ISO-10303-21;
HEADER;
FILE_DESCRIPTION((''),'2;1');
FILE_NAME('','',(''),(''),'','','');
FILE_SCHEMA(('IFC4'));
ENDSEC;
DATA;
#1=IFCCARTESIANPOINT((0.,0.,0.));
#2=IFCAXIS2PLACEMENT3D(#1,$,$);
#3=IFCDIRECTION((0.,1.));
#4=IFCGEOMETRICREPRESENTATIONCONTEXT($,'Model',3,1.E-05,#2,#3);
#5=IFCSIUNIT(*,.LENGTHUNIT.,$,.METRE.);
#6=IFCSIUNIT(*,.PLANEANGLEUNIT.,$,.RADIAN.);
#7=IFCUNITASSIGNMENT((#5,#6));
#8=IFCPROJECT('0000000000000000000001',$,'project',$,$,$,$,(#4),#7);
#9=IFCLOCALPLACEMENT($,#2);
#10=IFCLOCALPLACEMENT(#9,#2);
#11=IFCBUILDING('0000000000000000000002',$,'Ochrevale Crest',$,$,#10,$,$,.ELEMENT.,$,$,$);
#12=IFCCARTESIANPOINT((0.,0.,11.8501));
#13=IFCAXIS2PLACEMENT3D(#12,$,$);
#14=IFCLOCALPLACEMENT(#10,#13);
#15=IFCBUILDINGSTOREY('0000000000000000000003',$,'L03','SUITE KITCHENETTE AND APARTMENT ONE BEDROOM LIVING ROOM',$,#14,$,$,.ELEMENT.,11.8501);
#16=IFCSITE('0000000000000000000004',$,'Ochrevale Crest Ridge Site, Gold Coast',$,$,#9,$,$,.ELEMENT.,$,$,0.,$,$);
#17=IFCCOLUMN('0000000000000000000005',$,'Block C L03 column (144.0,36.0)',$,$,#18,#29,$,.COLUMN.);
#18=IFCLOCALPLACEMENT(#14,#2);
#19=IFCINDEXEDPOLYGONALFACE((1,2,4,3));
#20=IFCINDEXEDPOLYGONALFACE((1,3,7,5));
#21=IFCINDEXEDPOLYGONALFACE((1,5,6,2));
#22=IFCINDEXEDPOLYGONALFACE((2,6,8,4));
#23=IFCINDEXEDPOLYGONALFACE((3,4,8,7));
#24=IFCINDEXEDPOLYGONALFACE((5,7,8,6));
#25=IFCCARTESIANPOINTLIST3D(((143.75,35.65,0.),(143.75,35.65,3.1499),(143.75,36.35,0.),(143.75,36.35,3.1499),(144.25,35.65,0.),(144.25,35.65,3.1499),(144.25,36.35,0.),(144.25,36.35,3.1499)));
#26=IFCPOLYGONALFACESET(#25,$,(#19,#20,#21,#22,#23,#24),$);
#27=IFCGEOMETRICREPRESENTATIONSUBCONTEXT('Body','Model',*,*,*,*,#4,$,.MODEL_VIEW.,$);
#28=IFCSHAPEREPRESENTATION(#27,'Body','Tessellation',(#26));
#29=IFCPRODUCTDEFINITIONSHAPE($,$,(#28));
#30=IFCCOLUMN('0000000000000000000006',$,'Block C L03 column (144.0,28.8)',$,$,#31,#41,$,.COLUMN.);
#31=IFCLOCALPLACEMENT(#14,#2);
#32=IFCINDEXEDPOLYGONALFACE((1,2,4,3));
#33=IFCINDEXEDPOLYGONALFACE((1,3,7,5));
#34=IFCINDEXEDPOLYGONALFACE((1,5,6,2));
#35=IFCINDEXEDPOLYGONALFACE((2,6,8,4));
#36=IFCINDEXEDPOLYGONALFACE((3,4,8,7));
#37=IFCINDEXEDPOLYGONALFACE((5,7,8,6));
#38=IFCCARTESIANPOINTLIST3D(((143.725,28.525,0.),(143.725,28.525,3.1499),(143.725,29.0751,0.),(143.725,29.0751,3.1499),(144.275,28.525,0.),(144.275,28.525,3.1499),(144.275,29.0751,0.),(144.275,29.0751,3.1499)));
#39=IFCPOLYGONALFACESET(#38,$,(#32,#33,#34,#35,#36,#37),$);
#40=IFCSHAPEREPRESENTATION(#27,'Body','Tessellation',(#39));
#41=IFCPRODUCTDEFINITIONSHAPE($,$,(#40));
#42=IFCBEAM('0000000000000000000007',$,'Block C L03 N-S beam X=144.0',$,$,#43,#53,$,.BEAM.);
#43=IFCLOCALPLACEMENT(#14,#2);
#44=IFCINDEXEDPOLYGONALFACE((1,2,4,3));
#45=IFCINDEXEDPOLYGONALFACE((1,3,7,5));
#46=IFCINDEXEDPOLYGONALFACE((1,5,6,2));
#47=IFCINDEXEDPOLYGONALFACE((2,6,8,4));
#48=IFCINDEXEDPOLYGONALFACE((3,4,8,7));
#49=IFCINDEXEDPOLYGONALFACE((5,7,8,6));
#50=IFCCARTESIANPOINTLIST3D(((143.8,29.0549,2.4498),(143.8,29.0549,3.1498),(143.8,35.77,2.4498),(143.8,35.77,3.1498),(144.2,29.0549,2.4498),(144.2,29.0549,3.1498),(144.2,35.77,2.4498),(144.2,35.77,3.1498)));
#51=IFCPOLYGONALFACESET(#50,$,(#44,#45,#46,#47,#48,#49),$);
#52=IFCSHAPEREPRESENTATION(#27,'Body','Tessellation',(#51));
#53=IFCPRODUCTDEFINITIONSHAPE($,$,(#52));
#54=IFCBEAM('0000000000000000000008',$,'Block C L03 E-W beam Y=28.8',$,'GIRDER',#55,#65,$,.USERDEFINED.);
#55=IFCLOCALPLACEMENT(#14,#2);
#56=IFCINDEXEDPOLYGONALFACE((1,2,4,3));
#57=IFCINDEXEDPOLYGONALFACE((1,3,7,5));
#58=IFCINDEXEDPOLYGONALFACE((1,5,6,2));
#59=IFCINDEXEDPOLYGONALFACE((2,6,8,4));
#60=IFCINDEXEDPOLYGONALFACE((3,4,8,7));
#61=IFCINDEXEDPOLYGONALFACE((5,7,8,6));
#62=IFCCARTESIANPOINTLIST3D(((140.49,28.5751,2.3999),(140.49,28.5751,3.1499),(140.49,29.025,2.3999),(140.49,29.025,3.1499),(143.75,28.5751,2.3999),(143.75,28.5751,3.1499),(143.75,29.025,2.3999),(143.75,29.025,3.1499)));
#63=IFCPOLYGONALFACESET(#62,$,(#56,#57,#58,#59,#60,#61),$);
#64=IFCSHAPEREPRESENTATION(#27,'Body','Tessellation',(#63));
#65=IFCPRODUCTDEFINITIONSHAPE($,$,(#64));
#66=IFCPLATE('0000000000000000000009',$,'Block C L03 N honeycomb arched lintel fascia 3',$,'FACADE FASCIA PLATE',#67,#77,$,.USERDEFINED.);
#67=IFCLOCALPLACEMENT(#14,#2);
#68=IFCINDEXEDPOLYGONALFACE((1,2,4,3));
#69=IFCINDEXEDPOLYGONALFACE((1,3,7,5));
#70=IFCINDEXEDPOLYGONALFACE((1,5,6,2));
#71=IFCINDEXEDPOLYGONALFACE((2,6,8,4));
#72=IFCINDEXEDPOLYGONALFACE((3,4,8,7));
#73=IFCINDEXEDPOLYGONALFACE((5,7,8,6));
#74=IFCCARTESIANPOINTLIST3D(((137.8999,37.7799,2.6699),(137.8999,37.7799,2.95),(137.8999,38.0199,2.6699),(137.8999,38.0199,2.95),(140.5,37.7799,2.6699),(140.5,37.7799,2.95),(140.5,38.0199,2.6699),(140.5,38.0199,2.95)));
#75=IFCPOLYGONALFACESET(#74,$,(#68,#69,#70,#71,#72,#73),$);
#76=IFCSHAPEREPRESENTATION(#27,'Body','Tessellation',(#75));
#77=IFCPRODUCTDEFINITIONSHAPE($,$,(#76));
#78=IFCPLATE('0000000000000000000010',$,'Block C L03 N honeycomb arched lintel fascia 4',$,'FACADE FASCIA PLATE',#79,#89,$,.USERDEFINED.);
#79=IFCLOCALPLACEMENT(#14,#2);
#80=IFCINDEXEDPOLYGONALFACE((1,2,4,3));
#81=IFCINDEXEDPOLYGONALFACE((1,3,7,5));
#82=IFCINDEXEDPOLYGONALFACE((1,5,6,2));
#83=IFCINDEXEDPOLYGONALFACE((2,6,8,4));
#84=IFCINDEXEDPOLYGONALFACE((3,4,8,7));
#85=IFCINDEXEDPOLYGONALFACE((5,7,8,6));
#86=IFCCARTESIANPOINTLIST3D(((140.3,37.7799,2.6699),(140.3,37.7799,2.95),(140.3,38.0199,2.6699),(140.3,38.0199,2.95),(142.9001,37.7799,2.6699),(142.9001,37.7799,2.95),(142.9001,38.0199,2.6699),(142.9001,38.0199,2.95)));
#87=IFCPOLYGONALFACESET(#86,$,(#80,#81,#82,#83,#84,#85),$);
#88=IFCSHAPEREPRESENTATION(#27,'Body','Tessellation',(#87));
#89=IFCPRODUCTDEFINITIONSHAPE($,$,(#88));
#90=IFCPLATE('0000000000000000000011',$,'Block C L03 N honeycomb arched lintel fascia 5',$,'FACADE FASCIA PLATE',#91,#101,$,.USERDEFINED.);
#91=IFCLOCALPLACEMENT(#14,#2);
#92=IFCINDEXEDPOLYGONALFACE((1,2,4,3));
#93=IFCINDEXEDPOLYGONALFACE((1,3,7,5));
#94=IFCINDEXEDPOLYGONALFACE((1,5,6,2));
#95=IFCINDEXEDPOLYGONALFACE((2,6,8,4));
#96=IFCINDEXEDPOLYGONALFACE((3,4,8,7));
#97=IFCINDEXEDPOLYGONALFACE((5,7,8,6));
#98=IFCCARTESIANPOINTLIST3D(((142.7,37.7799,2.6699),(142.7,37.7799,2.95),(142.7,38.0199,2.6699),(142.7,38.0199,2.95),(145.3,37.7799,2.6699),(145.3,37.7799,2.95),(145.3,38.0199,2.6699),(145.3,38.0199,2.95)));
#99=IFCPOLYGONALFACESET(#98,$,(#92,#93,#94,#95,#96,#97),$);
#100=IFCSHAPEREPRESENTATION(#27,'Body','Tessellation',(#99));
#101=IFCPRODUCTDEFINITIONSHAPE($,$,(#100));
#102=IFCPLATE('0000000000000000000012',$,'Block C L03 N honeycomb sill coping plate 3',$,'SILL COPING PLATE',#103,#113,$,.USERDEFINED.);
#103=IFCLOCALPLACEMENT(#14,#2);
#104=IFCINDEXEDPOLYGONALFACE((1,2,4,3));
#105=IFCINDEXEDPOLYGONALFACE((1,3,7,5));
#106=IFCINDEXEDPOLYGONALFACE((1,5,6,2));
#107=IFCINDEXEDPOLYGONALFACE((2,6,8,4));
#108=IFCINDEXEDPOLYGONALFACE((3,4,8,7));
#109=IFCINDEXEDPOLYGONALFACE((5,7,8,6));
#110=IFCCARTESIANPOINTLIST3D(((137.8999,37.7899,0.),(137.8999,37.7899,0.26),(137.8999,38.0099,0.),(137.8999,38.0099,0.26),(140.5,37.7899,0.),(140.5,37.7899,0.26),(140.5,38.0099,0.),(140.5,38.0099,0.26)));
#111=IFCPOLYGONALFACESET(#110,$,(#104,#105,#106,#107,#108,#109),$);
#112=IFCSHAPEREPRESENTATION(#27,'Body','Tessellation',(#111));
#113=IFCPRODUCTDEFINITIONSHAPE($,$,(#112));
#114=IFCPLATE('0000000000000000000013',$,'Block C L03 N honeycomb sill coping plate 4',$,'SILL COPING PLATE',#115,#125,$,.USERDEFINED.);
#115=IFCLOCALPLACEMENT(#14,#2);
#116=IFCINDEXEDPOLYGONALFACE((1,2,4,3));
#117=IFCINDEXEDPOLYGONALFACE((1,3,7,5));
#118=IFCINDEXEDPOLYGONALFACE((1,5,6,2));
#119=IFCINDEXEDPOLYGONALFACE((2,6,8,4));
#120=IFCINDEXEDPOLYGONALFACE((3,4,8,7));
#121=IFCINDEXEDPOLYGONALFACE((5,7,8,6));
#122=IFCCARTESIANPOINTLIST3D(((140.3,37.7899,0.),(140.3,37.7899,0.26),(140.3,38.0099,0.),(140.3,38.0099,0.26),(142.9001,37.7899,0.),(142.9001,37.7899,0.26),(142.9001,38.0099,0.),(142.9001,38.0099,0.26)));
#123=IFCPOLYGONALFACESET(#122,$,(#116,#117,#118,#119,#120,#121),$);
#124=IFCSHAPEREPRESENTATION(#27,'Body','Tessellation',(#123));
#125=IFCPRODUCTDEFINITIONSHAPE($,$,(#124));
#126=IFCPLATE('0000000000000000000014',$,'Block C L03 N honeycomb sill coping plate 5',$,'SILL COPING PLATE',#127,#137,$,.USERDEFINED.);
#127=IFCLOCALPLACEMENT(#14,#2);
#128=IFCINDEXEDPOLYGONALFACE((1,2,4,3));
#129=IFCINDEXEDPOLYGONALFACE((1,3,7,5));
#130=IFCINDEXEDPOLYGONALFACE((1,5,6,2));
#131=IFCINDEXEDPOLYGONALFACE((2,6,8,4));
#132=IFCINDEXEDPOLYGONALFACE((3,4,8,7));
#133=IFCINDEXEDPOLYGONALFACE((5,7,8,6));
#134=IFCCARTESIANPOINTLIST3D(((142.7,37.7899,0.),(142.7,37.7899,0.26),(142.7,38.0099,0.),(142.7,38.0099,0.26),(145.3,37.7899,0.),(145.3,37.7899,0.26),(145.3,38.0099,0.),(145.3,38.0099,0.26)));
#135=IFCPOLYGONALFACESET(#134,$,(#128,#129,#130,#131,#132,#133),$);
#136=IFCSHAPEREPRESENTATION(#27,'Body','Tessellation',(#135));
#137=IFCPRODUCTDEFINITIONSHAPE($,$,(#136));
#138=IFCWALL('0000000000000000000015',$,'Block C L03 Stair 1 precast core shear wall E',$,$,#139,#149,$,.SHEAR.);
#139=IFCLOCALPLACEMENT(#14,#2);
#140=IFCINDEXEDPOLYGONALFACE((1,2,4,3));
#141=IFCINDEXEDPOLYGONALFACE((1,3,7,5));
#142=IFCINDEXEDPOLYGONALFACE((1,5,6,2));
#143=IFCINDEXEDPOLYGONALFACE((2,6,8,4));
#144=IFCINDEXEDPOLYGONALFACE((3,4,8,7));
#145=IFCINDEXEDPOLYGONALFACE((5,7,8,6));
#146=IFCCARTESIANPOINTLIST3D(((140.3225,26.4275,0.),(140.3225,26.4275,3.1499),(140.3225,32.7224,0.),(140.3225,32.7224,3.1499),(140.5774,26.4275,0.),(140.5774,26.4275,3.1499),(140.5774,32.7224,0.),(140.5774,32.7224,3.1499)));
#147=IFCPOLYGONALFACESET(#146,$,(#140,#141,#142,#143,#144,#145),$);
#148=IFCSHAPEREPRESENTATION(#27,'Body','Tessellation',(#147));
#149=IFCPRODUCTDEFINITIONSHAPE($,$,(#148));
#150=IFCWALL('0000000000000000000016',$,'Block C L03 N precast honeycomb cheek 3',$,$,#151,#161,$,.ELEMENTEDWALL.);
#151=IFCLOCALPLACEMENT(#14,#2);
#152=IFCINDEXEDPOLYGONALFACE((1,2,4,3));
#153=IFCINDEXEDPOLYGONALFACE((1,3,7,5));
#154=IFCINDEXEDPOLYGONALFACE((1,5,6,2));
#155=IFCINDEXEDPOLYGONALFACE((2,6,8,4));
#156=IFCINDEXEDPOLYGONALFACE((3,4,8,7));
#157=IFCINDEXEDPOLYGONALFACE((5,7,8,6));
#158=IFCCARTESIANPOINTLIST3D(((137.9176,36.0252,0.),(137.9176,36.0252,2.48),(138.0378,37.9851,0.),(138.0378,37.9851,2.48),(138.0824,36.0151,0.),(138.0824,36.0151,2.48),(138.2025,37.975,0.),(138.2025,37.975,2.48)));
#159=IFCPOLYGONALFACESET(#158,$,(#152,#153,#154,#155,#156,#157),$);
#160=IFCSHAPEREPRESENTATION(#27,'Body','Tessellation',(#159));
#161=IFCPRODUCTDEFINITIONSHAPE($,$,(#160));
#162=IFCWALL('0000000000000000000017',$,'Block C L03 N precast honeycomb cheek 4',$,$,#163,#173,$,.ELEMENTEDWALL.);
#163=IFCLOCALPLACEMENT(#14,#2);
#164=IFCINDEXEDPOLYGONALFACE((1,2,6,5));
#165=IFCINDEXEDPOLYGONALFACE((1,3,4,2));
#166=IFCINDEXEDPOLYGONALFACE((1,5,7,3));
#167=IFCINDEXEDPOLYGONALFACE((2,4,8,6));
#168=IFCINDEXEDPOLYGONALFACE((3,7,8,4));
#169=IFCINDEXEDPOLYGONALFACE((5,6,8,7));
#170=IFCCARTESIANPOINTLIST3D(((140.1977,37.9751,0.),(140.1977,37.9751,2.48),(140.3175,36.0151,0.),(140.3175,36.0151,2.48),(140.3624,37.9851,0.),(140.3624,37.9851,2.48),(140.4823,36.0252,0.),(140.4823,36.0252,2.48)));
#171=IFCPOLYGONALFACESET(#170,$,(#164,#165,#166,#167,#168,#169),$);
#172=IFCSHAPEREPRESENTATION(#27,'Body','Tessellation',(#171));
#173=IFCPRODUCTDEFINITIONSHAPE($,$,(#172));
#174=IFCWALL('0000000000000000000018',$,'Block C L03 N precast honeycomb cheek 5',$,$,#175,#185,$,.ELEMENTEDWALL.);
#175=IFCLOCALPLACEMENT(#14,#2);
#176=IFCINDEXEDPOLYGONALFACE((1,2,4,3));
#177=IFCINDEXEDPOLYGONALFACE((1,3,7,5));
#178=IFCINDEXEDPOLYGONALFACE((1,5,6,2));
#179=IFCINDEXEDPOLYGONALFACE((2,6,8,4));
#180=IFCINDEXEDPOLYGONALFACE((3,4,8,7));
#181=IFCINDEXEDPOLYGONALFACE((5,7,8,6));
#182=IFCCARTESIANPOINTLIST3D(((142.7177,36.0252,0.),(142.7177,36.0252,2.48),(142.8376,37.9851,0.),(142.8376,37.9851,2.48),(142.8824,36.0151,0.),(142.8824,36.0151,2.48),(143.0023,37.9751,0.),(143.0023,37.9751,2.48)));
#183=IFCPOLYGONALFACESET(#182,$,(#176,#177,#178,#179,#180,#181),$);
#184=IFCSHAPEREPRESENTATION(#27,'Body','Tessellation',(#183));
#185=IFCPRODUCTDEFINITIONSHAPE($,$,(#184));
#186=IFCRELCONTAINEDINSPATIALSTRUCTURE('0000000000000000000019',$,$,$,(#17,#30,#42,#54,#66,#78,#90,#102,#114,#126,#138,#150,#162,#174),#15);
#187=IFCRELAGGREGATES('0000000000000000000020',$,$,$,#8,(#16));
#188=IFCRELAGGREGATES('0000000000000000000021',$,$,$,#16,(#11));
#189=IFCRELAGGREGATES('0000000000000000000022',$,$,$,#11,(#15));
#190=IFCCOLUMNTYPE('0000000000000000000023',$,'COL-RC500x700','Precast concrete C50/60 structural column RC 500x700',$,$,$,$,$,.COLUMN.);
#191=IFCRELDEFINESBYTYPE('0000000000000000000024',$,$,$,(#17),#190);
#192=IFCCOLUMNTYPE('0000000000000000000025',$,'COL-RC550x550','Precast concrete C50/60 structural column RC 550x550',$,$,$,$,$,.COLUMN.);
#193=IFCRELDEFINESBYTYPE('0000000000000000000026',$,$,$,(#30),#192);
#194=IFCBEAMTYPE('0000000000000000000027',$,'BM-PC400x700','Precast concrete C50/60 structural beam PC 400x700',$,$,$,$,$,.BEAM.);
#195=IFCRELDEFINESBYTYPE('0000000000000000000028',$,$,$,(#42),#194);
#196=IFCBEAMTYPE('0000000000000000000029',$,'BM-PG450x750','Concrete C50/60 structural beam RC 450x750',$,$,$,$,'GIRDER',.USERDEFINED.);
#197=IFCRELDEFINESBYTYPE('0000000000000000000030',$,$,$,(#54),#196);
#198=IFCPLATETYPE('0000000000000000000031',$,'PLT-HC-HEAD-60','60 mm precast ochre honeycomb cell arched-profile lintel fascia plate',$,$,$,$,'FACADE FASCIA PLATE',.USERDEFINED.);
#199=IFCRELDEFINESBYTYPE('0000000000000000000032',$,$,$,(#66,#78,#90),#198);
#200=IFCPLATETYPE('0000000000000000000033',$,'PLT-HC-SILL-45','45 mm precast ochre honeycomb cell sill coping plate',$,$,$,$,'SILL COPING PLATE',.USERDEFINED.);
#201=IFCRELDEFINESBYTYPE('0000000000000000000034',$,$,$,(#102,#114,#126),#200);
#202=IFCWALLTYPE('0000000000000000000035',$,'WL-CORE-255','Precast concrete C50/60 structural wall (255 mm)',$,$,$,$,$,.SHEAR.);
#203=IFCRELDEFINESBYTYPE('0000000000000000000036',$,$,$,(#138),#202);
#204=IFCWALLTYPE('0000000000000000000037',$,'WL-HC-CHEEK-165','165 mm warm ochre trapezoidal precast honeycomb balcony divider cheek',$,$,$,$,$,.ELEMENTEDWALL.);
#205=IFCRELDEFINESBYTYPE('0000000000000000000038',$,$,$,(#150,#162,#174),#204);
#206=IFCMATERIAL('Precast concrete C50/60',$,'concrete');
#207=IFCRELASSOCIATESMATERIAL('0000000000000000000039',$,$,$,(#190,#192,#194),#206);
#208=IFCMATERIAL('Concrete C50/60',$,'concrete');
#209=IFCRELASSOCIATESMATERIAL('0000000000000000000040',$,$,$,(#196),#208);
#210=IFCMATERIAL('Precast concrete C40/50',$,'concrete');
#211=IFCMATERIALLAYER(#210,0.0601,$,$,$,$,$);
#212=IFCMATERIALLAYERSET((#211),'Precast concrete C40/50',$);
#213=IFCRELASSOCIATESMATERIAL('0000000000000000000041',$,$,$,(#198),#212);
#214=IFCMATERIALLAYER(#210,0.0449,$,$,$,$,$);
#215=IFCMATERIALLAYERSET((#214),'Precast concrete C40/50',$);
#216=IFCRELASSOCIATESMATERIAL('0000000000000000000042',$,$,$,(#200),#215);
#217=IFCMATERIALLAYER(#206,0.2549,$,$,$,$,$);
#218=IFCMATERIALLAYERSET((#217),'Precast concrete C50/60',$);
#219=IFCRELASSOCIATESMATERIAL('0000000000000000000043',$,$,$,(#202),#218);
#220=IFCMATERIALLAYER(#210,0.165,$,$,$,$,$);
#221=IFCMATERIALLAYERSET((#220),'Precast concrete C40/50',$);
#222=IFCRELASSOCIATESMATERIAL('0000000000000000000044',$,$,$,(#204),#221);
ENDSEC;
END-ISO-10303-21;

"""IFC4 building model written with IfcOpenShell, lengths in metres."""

from ifc_helpers import new_model, si_unit, direction, frame, frame_2d, origin, origin_2d, place, context, subcontext, project, spatial, rectangle, extrude, material, layer, layer_set, material_profile, profile_set, type_object, element, save


model = new_model("IFC4")

# Units and contexts
model_context = context("Model", 3, precision=1e-05, world=origin(), true_north=direction((0.0, 1.0)))
body_context = subcontext(model_context, "Body", "Model", "MODEL_VIEW")
ifc_project = project(units=[si_unit("LENGTHUNIT", "METRE"), si_unit("PLANEANGLEUNIT", "RADIAN")], contexts=[model_context])

# Site, building, storey
site_placement = place(None, origin())
site = spatial("IfcSite", under=ifc_project, at=site_placement, Name="Ochrevale Crest Ridge Site, Gold Coast", CompositionType="ELEMENT", RefElevation=0.0)
building_placement = place(site_placement, origin())
building = spatial("IfcBuilding", under=site, at=building_placement, Name="Ochrevale Crest", CompositionType="ELEMENT")
storey_placement = place(building_placement, frame((0.0, 0.0, 11.8501)))
storey = spatial("IfcBuildingStorey", under=building, at=storey_placement, Name="L03", Description="SUITE KITCHENETTE AND APARTMENT ONE BEDROOM LIVING ROOM", CompositionType="ELEMENT", Elevation=11.8501)

# Columns
ifc_material_1 = material(Name="Precast concrete C50/60", Category="concrete")
ifc_material_profile_1 = material_profile(ifc_material_1, rectangle(XDim=0.5, YDim=0.7, at=origin_2d()), Name="RC 500x700")
ifc_profile_set_1 = profile_set([ifc_material_profile_1], Name="Precast concrete C50/60")
column_type_1 = type_object("IfcColumnType", Name="COL-RC500x700", Description="Precast concrete C50/60 structural column RC 500x700", PredefinedType="COLUMN", material=ifc_profile_set_1)
column_1_placement = place(storey_placement, frame((144.0, 36.0, 0.0), z_axis=(0.0, 0.0, 1.0), x_axis=(1.0, 0.0, 0.0)))
element("IfcColumn", 1, at=column_1_placement, inside=storey, type_object=column_type_1, Name="Block C L03 column (144.0,36.0)", PredefinedType="COLUMN", context=body_context, shape_type="SweptSolid", body=[
    extrude(rectangle(XDim=0.5, YDim=0.7, at=origin_2d()), origin(), (0.0, 0.0, 1.0), 3.1499),
])
ifc_material_profile_2 = material_profile(ifc_material_1, rectangle(XDim=0.55, YDim=0.55, at=origin_2d()), Name="RC 550x550")
ifc_profile_set_2 = profile_set([ifc_material_profile_2], Name="Precast concrete C50/60")
column_type_2 = type_object("IfcColumnType", Name="COL-RC550x550", Description="Precast concrete C50/60 structural column RC 550x550", PredefinedType="COLUMN", material=ifc_profile_set_2)
column_2_placement = place(storey_placement, frame((144.0, 28.8, 0.0), z_axis=(0.0, 0.0, 1.0), x_axis=(1.0, 0.0, 0.0)))
element("IfcColumn", 2, at=column_2_placement, inside=storey, type_object=column_type_2, Name="Block C L03 column (144.0,28.8)", PredefinedType="COLUMN", context=body_context, shape_type="SweptSolid", body=[
    extrude(rectangle(XDim=0.55, YDim=0.55, at=origin_2d()), origin(), (0.0, 0.0, 1.0), 3.1499),
])

# Beams
ifc_material_profile_3 = material_profile(ifc_material_1, rectangle(XDim=0.3999, YDim=0.7, at=origin_2d()), Name="PC 400x700")
ifc_profile_set_3 = profile_set([ifc_material_profile_3], Name="Precast concrete C50/60")
beam_type_1 = type_object("IfcBeamType", Name="BM-PC400x700", Description="Precast concrete C50/60 structural beam PC 400x700", PredefinedType="BEAM", material=ifc_profile_set_3)
beam_1_placement = place(storey_placement, frame((144.0, 29.0549, 2.7998), z_axis=(0.0, 1.0, 0.0), x_axis=(-1.0, 0.0, 0.0)))
element("IfcBeam", 3, at=beam_1_placement, inside=storey, type_object=beam_type_1, Name="Block C L03 N-S beam X=144.0", PredefinedType="BEAM", context=body_context, shape_type="SweptSolid", body=[
    extrude(rectangle(XDim=0.3999, YDim=0.7, at=origin_2d()), origin(), (0.0, 0.0, 1.0), 6.7151),
])
ifc_material_2 = material(Name="Concrete C50/60", Category="concrete")
ifc_material_profile_4 = material_profile(ifc_material_2, rectangle(XDim=0.45, YDim=0.75, at=origin_2d()), Name="RC 450x750")
ifc_profile_set_4 = profile_set([ifc_material_profile_4], Name="Concrete C50/60")
beam_type_2 = type_object("IfcBeamType", Name="BM-PG450x750", Description="Concrete C50/60 structural beam RC 450x750", ElementType="GIRDER", PredefinedType="USERDEFINED", material=ifc_profile_set_4)
beam_2_placement = place(storey_placement, frame((140.49, 28.8, 2.7749), z_axis=(1.0, 0.0, 0.0), x_axis=(0.0, 1.0, 0.0)))
element("IfcBeam", 4, at=beam_2_placement, inside=storey, type_object=beam_type_2, Name="Block C L03 E-W beam Y=28.8", ObjectType="GIRDER", PredefinedType="USERDEFINED", context=body_context, shape_type="SweptSolid", body=[
    extrude(rectangle(XDim=0.45, YDim=0.75, at=origin_2d()), origin(), (0.0, 0.0, 1.0), 3.26),
])

# Plates
ifc_material_3 = material(Name="Precast concrete C40/50", Category="concrete")
ifc_layer_1 = layer(ifc_material_3, 0.0601)
ifc_layer_set_1 = layer_set([ifc_layer_1], Name="Precast concrete C40/50")
plate_type_1 = type_object("IfcPlateType", Name="PLT-HC-HEAD-60", Description="60 mm precast ochre honeycomb cell arched-profile lintel fascia plate", ElementType="FACADE FASCIA PLATE", PredefinedType="USERDEFINED", material=ifc_layer_set_1)
for number, where, z_axis, x_axis, name in (
    (5, (139.2, 37.8999, 2.6699), (0.0, 0.0, 1.0), (1.0, 0.0, 0.0), "Block C L03 N honeycomb arched lintel fascia 3"),
    (6, (141.6001, 37.8999, 2.6699), (0.0, 0.0, 1.0), (1.0, 0.0, 0.0), "Block C L03 N honeycomb arched lintel fascia 4"),
    (7, (144.0, 37.8999, 2.6699), (0.0, 0.0, 1.0), (1.0, 0.0, 0.0), "Block C L03 N honeycomb arched lintel fascia 5"),
):
    element("IfcPlate", number, at=place(storey_placement, frame(where, z_axis=z_axis, x_axis=x_axis)), inside=storey, type_object=plate_type_1, Name=name, ObjectType="FACADE FASCIA PLATE", PredefinedType="USERDEFINED", context=body_context, shape_type="SweptSolid", body=[
        extrude(rectangle(XDim=2.6001, YDim=0.24, at=origin_2d()), origin(), (0.0, 0.0, 1.0), 0.28),
    ])
ifc_layer_2 = layer(ifc_material_3, 0.0449)
ifc_layer_set_2 = layer_set([ifc_layer_2], Name="Precast concrete C40/50")
plate_type_2 = type_object("IfcPlateType", Name="PLT-HC-SILL-45", Description="45 mm precast ochre honeycomb cell sill coping plate", ElementType="SILL COPING PLATE", PredefinedType="USERDEFINED", material=ifc_layer_set_2)
for number, where, z_axis, x_axis, name in (
    (8, (139.2, 37.8999, 0.0), (0.0, 0.0, 1.0), (1.0, 0.0, 0.0), "Block C L03 N honeycomb sill coping plate 3"),
    (9, (141.6001, 37.8999, 0.0), (0.0, 0.0, 1.0), (1.0, 0.0, 0.0), "Block C L03 N honeycomb sill coping plate 4"),
    (10, (144.0, 37.8999, 0.0), (0.0, 0.0, 1.0), (1.0, 0.0, 0.0), "Block C L03 N honeycomb sill coping plate 5"),
):
    element("IfcPlate", number, at=place(storey_placement, frame(where, z_axis=z_axis, x_axis=x_axis)), inside=storey, type_object=plate_type_2, Name=name, ObjectType="SILL COPING PLATE", PredefinedType="USERDEFINED", context=body_context, shape_type="SweptSolid", body=[
        extrude(rectangle(XDim=2.6001, YDim=0.22, at=origin_2d()), origin(), (0.0, 0.0, 1.0), 0.26),
    ])

# Walls
ifc_layer_3 = layer(ifc_material_1, 0.2549)
ifc_layer_set_3 = layer_set([ifc_layer_3], Name="Precast concrete C50/60")
wall_type_1 = type_object("IfcWallType", Name="WL-CORE-255", Description="Precast concrete C50/60 structural wall (255 mm)", PredefinedType="SHEAR", material=ifc_layer_set_3)
wall_1_placement = place(storey_placement, frame((140.45, 26.4275, 0.0), z_axis=(0.0, 0.0, 1.0), x_axis=(0.0, 1.0, 0.0)))
element("IfcWall", 11, at=wall_1_placement, inside=storey, type_object=wall_type_1, Name="Block C L03 Stair 1 precast core shear wall E", PredefinedType="SHEAR", context=body_context, shape_type="SweptSolid", body=[
    extrude(rectangle(XDim=6.2949, YDim=0.2549, at=frame_2d((3.1475, 0.0))), origin(), (0.0, 0.0, 1.0), 3.1499),
])
ifc_layer_4 = layer(ifc_material_3, 0.165)
ifc_layer_set_4 = layer_set([ifc_layer_4], Name="Precast concrete C40/50")
wall_type_2 = type_object("IfcWallType", Name="WL-HC-CHEEK-165", Description="165 mm warm ochre trapezoidal precast honeycomb balcony divider cheek", PredefinedType="ELEMENTEDWALL", material=ifc_layer_set_4)
for number, where, z_axis, x_axis, name in (
    (12, (138.0, 36.02, 0.0), (0.0, 0.0, 1.0), (0.061171, 0.998127, 0.0), "Block C L03 N precast honeycomb cheek 3"),
    (13, (140.3999, 36.02, 0.0), (0.0, 0.0, 1.0), (-0.061047, 0.998135, 0.0), "Block C L03 N precast honeycomb cheek 4"),
    (14, (142.8, 36.02, 0.0), (0.0, 0.0, 1.0), (0.061047, 0.998135, 0.0), "Block C L03 N precast honeycomb cheek 5"),
):
    element("IfcWall", number, at=place(storey_placement, frame(where, z_axis=z_axis, x_axis=x_axis)), inside=storey, type_object=wall_type_2, Name=name, PredefinedType="ELEMENTEDWALL", context=body_context, shape_type="SweptSolid", body=[
        extrude(rectangle(XDim=1.9636, YDim=0.165, at=frame_2d((0.9819, 0.0))), origin(), (0.0, 0.0, 1.0), 2.48),
    ])

save(model, "model.ifc")
